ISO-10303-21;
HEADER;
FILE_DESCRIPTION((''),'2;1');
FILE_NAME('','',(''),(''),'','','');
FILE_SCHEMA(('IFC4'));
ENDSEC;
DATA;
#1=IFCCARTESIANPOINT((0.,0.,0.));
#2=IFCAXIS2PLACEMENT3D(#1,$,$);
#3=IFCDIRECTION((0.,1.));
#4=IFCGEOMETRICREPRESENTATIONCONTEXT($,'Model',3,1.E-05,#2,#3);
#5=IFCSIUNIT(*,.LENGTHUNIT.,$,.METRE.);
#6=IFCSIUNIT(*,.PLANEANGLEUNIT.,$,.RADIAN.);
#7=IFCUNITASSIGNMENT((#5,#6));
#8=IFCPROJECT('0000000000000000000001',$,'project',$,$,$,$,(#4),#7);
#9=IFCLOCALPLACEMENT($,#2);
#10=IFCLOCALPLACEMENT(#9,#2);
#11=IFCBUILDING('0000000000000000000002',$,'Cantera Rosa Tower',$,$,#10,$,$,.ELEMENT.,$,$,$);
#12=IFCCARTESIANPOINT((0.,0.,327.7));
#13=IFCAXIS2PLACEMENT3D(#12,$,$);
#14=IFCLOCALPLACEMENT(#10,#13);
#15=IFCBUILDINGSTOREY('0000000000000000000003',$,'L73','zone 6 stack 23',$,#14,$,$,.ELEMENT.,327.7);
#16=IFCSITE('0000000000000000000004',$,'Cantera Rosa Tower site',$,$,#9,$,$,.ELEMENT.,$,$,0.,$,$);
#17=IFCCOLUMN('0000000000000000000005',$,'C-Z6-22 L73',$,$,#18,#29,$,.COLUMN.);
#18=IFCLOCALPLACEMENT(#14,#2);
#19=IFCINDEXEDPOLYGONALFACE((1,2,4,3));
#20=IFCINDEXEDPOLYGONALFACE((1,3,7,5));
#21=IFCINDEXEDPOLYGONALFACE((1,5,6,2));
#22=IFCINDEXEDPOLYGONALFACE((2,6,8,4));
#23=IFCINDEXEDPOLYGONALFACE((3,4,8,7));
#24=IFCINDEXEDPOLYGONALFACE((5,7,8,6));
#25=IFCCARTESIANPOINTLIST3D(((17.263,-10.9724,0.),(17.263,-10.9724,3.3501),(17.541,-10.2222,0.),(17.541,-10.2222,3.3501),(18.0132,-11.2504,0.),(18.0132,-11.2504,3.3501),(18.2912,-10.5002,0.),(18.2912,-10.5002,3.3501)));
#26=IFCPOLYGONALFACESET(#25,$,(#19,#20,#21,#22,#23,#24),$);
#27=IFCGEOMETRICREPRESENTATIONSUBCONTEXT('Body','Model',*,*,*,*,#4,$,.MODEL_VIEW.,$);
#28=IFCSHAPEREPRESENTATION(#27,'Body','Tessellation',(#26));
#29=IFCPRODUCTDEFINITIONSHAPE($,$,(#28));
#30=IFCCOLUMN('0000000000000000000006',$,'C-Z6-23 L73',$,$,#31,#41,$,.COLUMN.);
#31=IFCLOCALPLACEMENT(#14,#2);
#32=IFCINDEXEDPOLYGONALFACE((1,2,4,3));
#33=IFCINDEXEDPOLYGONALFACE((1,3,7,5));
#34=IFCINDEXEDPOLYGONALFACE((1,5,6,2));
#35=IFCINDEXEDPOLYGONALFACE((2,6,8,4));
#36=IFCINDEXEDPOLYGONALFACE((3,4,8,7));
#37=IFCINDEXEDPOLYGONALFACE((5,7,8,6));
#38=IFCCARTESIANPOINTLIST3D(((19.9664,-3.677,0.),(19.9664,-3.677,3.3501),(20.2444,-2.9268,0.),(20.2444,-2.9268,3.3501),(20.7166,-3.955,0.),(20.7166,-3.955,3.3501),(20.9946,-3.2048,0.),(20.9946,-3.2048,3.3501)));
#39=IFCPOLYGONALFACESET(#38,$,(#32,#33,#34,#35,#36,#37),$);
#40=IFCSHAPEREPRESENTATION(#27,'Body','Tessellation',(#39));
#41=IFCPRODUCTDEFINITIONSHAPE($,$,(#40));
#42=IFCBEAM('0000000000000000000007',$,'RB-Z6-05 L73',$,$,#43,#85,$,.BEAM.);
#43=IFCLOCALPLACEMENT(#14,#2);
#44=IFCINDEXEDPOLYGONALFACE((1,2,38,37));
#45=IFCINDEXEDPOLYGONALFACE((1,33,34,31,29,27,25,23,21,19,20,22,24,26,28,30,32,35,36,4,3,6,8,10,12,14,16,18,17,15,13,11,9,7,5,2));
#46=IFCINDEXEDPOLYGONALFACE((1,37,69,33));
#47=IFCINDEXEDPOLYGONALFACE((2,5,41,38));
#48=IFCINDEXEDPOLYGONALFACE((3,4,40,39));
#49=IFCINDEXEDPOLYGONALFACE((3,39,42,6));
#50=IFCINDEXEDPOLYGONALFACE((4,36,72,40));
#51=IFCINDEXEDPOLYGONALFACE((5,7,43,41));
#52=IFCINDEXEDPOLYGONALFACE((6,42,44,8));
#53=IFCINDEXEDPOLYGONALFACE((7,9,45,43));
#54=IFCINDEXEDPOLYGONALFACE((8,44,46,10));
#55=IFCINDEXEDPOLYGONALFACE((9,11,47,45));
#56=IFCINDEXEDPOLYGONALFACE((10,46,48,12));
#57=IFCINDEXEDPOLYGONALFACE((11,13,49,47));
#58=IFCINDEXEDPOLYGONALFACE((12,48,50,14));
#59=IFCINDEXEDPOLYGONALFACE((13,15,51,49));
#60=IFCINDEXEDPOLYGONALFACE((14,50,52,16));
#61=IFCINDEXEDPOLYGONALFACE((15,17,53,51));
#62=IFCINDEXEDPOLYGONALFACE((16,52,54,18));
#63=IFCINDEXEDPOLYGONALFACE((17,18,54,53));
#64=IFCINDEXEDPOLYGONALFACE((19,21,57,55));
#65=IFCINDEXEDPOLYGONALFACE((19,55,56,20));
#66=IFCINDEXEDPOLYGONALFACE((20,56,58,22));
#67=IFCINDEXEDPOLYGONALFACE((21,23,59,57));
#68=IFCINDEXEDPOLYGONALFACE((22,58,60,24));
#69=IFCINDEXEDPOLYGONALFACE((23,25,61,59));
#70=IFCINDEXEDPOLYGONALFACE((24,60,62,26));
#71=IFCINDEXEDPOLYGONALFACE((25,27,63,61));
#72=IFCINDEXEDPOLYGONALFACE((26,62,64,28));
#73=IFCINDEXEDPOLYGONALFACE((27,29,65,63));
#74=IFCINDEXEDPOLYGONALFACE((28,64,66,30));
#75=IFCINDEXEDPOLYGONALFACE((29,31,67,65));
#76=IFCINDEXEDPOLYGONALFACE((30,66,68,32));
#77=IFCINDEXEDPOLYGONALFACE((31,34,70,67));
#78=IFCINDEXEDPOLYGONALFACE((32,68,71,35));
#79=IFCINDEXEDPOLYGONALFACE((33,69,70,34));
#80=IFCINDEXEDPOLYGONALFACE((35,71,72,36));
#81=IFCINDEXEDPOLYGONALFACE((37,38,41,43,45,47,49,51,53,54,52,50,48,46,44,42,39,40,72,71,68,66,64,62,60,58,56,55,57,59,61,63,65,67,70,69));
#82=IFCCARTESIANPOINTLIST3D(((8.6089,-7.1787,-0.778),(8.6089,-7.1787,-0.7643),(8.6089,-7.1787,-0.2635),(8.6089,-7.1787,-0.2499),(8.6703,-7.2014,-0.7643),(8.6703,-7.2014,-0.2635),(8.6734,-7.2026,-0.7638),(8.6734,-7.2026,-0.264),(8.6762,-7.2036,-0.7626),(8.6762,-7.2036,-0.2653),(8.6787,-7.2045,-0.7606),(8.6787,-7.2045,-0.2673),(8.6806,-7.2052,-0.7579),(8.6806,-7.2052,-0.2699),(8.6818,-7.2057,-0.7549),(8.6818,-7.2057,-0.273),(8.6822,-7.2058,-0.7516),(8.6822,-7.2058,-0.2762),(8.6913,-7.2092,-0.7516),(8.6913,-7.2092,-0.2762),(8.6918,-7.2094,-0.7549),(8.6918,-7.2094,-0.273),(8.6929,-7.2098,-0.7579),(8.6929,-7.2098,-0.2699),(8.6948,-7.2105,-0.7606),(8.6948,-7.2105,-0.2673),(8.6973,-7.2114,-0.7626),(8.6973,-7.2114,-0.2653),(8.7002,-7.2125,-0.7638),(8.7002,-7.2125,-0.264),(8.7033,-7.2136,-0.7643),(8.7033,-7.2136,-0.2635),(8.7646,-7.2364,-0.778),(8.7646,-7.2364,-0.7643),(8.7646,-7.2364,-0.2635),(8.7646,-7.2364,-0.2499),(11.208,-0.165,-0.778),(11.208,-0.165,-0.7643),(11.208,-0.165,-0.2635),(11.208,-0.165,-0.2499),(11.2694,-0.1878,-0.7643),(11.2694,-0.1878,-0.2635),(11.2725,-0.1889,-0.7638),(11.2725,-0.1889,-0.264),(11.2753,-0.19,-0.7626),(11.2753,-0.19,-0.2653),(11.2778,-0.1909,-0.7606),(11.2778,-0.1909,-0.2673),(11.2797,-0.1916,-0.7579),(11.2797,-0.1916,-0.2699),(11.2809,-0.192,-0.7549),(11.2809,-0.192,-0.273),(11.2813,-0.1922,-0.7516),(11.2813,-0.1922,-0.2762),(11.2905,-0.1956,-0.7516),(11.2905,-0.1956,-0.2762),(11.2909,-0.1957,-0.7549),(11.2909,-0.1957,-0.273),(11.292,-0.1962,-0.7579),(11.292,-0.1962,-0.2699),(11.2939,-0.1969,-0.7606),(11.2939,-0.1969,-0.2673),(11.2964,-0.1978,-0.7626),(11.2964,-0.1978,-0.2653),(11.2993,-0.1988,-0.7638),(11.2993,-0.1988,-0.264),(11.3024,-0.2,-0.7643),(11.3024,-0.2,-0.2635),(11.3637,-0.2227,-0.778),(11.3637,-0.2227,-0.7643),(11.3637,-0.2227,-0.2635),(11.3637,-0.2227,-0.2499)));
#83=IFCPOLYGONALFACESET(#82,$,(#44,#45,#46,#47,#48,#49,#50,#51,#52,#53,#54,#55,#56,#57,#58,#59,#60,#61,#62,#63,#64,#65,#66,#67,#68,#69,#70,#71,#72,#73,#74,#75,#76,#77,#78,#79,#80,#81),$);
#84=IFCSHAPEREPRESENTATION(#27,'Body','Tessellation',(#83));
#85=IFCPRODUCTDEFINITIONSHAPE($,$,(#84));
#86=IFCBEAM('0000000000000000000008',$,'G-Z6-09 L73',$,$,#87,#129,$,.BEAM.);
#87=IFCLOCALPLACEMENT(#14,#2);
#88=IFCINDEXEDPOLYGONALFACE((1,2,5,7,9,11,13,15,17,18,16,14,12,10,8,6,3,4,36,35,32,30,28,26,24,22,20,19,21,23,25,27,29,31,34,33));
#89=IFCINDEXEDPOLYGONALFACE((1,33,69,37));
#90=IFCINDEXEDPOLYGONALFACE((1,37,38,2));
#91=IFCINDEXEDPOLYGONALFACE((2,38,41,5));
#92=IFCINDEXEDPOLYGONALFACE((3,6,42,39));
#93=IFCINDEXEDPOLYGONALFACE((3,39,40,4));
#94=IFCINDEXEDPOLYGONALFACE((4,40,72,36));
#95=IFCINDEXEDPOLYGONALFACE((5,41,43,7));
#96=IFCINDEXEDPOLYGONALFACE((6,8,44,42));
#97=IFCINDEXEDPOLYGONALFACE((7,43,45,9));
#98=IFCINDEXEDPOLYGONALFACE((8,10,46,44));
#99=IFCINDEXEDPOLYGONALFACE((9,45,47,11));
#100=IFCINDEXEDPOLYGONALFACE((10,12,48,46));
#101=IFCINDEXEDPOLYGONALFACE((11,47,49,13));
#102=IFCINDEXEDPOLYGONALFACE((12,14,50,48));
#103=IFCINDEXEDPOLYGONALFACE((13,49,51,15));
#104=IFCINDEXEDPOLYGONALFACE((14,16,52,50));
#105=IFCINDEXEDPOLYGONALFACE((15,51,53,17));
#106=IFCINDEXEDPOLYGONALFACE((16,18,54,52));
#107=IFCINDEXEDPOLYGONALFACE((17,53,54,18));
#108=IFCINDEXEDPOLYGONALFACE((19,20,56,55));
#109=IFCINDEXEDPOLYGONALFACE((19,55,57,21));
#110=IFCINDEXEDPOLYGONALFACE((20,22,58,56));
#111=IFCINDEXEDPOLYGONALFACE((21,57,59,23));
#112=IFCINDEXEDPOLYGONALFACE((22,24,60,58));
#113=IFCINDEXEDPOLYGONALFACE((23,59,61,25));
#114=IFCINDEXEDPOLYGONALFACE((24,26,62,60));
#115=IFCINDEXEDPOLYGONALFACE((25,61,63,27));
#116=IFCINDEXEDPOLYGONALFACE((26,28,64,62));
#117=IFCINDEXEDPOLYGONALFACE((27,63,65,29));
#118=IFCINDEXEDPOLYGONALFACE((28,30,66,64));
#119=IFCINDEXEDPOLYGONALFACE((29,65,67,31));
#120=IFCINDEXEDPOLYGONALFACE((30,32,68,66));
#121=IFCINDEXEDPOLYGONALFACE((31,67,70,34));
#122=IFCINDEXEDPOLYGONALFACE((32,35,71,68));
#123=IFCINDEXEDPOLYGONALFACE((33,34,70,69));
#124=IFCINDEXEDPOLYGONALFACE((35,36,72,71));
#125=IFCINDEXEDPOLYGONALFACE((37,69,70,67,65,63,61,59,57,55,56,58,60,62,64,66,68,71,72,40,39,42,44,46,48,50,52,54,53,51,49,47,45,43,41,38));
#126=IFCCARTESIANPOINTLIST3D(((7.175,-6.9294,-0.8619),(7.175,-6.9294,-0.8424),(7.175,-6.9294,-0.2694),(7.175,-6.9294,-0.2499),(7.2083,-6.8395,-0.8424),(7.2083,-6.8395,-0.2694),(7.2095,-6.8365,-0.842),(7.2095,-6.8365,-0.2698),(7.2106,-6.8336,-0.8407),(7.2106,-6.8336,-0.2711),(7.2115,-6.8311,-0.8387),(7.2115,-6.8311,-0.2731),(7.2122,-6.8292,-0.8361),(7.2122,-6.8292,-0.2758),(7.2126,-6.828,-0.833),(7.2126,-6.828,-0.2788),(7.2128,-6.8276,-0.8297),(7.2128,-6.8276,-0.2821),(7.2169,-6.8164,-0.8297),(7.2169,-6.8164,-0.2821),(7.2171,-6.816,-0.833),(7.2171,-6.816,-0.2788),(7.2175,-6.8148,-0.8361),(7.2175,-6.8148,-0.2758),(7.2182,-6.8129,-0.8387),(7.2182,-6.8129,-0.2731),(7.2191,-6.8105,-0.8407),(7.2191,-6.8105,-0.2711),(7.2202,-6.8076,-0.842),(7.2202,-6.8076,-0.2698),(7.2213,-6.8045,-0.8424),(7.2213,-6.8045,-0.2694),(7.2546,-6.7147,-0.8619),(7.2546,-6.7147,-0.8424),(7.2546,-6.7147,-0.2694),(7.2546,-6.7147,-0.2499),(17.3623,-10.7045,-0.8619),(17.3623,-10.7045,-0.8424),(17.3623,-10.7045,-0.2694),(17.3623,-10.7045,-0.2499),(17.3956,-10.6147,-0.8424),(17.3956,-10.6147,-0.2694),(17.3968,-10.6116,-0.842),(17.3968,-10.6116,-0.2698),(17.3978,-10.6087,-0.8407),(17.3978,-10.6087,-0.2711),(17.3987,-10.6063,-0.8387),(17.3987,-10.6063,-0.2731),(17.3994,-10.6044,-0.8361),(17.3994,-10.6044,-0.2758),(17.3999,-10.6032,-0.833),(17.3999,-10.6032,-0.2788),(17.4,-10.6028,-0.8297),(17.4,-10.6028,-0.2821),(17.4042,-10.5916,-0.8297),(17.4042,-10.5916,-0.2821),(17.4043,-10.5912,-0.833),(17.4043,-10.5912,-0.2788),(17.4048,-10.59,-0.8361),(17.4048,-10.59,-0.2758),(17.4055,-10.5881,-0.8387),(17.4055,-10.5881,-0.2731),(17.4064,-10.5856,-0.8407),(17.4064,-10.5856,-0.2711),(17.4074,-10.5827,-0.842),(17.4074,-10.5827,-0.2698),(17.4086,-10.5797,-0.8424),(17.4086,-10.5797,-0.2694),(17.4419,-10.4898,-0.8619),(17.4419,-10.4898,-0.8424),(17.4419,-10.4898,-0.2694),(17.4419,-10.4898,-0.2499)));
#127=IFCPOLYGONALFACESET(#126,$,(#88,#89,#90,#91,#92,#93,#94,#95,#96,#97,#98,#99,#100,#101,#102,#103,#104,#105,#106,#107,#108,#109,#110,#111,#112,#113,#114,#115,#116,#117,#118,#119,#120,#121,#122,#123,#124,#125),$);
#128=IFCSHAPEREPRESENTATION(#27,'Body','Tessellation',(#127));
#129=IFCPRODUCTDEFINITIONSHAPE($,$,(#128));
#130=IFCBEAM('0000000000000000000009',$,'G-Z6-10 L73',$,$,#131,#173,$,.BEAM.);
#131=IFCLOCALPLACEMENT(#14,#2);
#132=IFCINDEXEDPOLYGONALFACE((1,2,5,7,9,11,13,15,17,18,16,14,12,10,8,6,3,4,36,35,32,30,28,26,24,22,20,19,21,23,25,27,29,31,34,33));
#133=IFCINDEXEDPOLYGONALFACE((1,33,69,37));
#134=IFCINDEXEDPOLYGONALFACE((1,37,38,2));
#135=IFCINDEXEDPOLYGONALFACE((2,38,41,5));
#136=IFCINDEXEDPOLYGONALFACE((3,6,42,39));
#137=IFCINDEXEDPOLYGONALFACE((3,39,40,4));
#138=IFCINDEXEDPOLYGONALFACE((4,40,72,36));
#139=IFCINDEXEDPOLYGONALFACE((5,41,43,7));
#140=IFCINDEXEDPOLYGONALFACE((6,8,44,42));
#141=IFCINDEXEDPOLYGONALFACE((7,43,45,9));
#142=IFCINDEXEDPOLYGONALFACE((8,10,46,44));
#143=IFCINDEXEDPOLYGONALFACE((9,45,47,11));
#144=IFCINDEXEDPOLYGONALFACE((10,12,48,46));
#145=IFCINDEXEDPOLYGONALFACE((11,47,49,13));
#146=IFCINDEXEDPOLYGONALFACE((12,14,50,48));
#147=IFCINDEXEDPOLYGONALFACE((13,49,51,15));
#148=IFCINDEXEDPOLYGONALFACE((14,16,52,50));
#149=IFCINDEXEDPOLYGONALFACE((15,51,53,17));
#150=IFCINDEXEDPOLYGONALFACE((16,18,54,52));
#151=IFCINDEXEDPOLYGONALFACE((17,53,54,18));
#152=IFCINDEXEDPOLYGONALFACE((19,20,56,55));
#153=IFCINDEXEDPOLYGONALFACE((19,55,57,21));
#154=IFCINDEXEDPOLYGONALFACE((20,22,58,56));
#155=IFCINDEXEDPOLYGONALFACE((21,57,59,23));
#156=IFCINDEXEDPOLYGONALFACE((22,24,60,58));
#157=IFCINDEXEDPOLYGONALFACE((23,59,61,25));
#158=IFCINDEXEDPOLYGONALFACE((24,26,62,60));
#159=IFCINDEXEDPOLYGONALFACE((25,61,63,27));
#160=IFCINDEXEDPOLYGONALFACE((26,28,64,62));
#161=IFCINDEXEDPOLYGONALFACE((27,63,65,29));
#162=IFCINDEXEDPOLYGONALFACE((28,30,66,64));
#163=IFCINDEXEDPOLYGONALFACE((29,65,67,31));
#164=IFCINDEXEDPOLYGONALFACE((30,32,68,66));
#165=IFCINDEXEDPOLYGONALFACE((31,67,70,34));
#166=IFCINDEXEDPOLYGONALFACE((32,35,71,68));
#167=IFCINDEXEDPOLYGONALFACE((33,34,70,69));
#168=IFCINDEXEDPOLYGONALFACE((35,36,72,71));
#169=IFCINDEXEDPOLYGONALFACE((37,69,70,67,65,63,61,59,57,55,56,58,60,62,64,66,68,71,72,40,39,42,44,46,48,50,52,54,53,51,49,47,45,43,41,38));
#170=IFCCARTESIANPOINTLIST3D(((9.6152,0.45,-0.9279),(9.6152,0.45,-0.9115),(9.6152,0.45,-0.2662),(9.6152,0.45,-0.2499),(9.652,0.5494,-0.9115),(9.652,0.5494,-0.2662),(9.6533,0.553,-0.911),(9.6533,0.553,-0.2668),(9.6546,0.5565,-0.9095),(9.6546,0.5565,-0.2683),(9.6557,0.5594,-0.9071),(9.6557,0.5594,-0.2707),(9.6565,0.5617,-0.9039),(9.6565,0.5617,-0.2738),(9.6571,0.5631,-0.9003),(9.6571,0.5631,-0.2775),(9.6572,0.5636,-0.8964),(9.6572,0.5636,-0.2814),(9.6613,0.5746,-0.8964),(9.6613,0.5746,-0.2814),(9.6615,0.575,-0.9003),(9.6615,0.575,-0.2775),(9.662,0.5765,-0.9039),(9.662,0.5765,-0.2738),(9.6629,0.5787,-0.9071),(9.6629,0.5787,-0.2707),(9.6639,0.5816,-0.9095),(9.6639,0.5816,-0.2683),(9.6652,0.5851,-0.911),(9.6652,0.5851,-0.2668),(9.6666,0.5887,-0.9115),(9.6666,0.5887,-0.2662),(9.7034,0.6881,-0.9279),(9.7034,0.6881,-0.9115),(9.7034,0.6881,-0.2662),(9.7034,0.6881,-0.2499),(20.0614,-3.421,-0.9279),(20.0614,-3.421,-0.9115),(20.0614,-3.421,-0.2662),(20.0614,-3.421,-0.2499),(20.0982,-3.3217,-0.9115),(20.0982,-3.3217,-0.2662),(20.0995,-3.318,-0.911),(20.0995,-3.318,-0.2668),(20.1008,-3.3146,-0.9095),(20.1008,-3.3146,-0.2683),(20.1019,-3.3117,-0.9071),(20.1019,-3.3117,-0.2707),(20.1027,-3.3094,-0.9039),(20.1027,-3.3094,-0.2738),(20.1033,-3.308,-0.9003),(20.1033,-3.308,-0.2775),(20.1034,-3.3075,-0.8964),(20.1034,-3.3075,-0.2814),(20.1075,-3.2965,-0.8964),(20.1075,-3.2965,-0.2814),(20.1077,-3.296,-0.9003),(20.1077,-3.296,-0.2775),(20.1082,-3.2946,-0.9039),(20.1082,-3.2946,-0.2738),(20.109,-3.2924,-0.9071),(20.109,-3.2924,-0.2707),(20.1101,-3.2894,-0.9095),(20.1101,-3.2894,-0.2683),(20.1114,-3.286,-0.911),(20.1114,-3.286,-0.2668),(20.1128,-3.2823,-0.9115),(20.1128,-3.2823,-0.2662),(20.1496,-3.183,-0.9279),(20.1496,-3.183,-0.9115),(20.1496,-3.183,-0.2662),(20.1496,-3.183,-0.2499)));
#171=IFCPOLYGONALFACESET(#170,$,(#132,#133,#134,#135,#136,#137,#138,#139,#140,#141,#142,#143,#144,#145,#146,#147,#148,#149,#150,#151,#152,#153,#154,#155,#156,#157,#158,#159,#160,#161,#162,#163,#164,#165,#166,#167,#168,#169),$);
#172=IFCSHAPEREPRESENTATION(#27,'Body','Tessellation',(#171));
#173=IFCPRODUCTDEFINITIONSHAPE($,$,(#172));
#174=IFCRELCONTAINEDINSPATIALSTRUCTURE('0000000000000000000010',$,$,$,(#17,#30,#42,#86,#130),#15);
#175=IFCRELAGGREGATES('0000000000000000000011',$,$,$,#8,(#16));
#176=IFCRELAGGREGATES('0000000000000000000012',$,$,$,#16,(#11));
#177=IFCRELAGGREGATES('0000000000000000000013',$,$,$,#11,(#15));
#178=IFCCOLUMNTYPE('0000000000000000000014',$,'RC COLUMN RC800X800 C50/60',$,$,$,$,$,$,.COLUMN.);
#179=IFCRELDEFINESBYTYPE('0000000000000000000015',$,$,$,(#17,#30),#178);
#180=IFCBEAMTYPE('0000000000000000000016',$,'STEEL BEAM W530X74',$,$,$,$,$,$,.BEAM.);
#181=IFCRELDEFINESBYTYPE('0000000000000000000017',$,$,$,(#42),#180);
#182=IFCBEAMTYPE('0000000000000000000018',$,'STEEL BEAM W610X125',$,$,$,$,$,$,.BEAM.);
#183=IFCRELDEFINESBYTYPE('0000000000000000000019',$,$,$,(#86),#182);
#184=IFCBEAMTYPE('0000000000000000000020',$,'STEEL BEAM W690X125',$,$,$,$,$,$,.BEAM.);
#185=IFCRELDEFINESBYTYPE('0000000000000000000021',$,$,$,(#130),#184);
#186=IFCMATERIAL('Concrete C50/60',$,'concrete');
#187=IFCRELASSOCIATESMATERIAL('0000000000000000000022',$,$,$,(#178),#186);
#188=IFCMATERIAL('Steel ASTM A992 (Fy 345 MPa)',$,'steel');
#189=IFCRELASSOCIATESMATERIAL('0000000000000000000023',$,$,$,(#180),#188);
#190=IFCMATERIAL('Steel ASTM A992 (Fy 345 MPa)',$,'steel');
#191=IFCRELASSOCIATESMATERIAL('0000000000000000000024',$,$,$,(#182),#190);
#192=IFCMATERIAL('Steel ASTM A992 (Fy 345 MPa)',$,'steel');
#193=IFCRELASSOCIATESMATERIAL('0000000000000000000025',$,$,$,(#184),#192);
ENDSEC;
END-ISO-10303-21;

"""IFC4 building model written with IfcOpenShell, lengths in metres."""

from ifc_helpers import new_model, si_unit, direction, frame, origin, origin_2d, place, context, subcontext, project, spatial, rectangle, i_section, extrude, material, material_profile, profile_set, type_object, element, save


model = new_model("IFC4")

# Units and contexts
model_context = context("Model", 3, precision=1e-05, world=origin(), true_north=direction((0.0, 1.0)))
body_context = subcontext(model_context, "Body", "Model", "MODEL_VIEW")
ifc_project = project(units=[si_unit("LENGTHUNIT", "METRE"), si_unit("PLANEANGLEUNIT", "RADIAN")], contexts=[model_context])

# Site, building, storey
site_placement = place(None, origin())
site = spatial("IfcSite", under=ifc_project, at=site_placement, Name="Cantera Rosa Tower site", CompositionType="ELEMENT", RefElevation=0.0)
building_placement = place(site_placement, origin())
building = spatial("IfcBuilding", under=site, at=building_placement, Name="Cantera Rosa Tower", CompositionType="ELEMENT")
storey_placement = place(building_placement, frame((0.0, 0.0, 327.7)))
storey = spatial("IfcBuildingStorey", under=building, at=storey_placement, Name="L73", Description="zone 6 stack 23", CompositionType="ELEMENT", Elevation=327.7)

# Columns
ifc_material_1 = material(Name="Concrete C50/60", Category="concrete")
ifc_material_profile_1 = material_profile(ifc_material_1, rectangle(XDim=0.8, YDim=0.8, at=origin_2d()), Name="RC COLUMN RC800X800 C50/60")
ifc_profile_set_1 = profile_set([ifc_material_profile_1], Name="Concrete C50/60")
column_type = type_object("IfcColumnType", Name="RC COLUMN RC800X800 C50/60", PredefinedType="COLUMN", material=ifc_profile_set_1)
for number, where, z_axis, x_axis, name in (
    (1, (17.7771, -10.7363, 0.0), (0.0, 0.0, 1.0), (0.347481, 0.937687, 0.0), "C-Z6-22 L73"),
    (2, (20.4805, -3.4409, 0.0), (0.0, 0.0, 1.0), (0.347481, 0.937687, 0.0), "C-Z6-23 L73"),
):
    element("IfcColumn", number, at=place(storey_placement, frame(where, z_axis=z_axis, x_axis=x_axis)), inside=storey, type_object=column_type, Name=name, PredefinedType="COLUMN", context=body_context, shape_type="SweptSolid", body=[
        extrude(rectangle(XDim=0.8, YDim=0.8, at=origin_2d()), origin(), (0.0, 0.0, 1.0), 3.3501),
    ])

# Beams
ifc_material_2 = material(Name="Steel ASTM A992 (Fy 345 MPa)", Category="steel")
ifc_material_profile_2 = material_profile(ifc_material_2, i_section(OverallWidth=0.166, OverallDepth=0.5281, WebThickness=0.0098, FlangeThickness=0.0137, FilletRadius=0.0127, at=origin_2d()), Name="W530X74")
ifc_profile_set_2 = profile_set([ifc_material_profile_2], Name="Steel ASTM A992 (Fy 345 MPa)")
beam_type_1 = type_object("IfcBeamType", Name="STEEL BEAM W530X74", PredefinedType="BEAM", material=ifc_profile_set_2)
beam_1_placement = place(storey_placement, frame((8.6868, -7.2075, -0.5139), z_axis=(0.347487, 0.937685, 0.0), x_axis=(-0.937685, 0.347487, 0.0)))
element("IfcBeam", 3, at=beam_1_placement, inside=storey, type_object=beam_type_1, Name="RB-Z6-05 L73", PredefinedType="BEAM", context=body_context, shape_type="SweptSolid", body=[
    extrude(i_section(OverallWidth=0.166, OverallDepth=0.5281, WebThickness=0.0098, FlangeThickness=0.0137, FilletRadius=0.0127, at=origin_2d()), origin(), (0.0, 0.0, 1.0), 7.4797),
])
ifc_material_3 = material(Name="Steel ASTM A992 (Fy 345 MPa)", Category="steel")
ifc_material_profile_3 = material_profile(ifc_material_3, i_section(OverallWidth=0.229, OverallDepth=0.6121, WebThickness=0.012, FlangeThickness=0.0195, FilletRadius=0.0127, at=origin_2d()), Name="W610X125")
ifc_profile_set_3 = profile_set([ifc_material_profile_3], Name="Steel ASTM A992 (Fy 345 MPa)")
beam_type_2 = type_object("IfcBeamType", Name="STEEL BEAM W610X125", PredefinedType="BEAM", material=ifc_profile_set_3)
beam_2_placement = place(storey_placement, frame((17.4021, -10.5972, -0.5559), z_axis=(-0.937686, 0.347483, 0.0), x_axis=(-0.347483, -0.937686, 0.0)))
element("IfcBeam", 4, at=beam_2_placement, inside=storey, type_object=beam_type_2, Name="G-Z6-09 L73", PredefinedType="BEAM", context=body_context, shape_type="SweptSolid", body=[
    extrude(i_section(OverallWidth=0.229, OverallDepth=0.6121, WebThickness=0.012, FlangeThickness=0.0195, FilletRadius=0.0127, at=origin_2d()), origin(), (0.0, 0.0, 1.0), 10.8643),
])
ifc_material_4 = material(Name="Steel ASTM A992 (Fy 345 MPa)", Category="steel")
ifc_material_profile_4 = material_profile(ifc_material_4, i_section(OverallWidth=0.2539, OverallDepth=0.678, WebThickness=0.0117, FlangeThickness=0.0164, FilletRadius=0.0151, at=origin_2d()), Name="W690X125")
ifc_profile_set_4 = profile_set([ifc_material_profile_4], Name="Steel ASTM A992 (Fy 345 MPa)")
beam_type_3 = type_object("IfcBeamType", Name="STEEL BEAM W690X125", PredefinedType="BEAM", material=ifc_profile_set_4)
beam_3_placement = place(storey_placement, frame((20.1055, -3.302, -0.5889), z_axis=(-0.937687, 0.34748, 0.0), x_axis=(-0.34748, -0.937687, 0.0)))
element("IfcBeam", 5, at=beam_3_placement, inside=storey, type_object=beam_type_3, Name="G-Z6-10 L73", PredefinedType="BEAM", context=body_context, shape_type="SweptSolid", body=[
    extrude(i_section(OverallWidth=0.2539, OverallDepth=0.678, WebThickness=0.0117, FlangeThickness=0.0164, FilletRadius=0.0151, at=origin_2d()), origin(), (0.0, 0.0, 1.0), 11.1404),
])

save(model, "model.ifc")
